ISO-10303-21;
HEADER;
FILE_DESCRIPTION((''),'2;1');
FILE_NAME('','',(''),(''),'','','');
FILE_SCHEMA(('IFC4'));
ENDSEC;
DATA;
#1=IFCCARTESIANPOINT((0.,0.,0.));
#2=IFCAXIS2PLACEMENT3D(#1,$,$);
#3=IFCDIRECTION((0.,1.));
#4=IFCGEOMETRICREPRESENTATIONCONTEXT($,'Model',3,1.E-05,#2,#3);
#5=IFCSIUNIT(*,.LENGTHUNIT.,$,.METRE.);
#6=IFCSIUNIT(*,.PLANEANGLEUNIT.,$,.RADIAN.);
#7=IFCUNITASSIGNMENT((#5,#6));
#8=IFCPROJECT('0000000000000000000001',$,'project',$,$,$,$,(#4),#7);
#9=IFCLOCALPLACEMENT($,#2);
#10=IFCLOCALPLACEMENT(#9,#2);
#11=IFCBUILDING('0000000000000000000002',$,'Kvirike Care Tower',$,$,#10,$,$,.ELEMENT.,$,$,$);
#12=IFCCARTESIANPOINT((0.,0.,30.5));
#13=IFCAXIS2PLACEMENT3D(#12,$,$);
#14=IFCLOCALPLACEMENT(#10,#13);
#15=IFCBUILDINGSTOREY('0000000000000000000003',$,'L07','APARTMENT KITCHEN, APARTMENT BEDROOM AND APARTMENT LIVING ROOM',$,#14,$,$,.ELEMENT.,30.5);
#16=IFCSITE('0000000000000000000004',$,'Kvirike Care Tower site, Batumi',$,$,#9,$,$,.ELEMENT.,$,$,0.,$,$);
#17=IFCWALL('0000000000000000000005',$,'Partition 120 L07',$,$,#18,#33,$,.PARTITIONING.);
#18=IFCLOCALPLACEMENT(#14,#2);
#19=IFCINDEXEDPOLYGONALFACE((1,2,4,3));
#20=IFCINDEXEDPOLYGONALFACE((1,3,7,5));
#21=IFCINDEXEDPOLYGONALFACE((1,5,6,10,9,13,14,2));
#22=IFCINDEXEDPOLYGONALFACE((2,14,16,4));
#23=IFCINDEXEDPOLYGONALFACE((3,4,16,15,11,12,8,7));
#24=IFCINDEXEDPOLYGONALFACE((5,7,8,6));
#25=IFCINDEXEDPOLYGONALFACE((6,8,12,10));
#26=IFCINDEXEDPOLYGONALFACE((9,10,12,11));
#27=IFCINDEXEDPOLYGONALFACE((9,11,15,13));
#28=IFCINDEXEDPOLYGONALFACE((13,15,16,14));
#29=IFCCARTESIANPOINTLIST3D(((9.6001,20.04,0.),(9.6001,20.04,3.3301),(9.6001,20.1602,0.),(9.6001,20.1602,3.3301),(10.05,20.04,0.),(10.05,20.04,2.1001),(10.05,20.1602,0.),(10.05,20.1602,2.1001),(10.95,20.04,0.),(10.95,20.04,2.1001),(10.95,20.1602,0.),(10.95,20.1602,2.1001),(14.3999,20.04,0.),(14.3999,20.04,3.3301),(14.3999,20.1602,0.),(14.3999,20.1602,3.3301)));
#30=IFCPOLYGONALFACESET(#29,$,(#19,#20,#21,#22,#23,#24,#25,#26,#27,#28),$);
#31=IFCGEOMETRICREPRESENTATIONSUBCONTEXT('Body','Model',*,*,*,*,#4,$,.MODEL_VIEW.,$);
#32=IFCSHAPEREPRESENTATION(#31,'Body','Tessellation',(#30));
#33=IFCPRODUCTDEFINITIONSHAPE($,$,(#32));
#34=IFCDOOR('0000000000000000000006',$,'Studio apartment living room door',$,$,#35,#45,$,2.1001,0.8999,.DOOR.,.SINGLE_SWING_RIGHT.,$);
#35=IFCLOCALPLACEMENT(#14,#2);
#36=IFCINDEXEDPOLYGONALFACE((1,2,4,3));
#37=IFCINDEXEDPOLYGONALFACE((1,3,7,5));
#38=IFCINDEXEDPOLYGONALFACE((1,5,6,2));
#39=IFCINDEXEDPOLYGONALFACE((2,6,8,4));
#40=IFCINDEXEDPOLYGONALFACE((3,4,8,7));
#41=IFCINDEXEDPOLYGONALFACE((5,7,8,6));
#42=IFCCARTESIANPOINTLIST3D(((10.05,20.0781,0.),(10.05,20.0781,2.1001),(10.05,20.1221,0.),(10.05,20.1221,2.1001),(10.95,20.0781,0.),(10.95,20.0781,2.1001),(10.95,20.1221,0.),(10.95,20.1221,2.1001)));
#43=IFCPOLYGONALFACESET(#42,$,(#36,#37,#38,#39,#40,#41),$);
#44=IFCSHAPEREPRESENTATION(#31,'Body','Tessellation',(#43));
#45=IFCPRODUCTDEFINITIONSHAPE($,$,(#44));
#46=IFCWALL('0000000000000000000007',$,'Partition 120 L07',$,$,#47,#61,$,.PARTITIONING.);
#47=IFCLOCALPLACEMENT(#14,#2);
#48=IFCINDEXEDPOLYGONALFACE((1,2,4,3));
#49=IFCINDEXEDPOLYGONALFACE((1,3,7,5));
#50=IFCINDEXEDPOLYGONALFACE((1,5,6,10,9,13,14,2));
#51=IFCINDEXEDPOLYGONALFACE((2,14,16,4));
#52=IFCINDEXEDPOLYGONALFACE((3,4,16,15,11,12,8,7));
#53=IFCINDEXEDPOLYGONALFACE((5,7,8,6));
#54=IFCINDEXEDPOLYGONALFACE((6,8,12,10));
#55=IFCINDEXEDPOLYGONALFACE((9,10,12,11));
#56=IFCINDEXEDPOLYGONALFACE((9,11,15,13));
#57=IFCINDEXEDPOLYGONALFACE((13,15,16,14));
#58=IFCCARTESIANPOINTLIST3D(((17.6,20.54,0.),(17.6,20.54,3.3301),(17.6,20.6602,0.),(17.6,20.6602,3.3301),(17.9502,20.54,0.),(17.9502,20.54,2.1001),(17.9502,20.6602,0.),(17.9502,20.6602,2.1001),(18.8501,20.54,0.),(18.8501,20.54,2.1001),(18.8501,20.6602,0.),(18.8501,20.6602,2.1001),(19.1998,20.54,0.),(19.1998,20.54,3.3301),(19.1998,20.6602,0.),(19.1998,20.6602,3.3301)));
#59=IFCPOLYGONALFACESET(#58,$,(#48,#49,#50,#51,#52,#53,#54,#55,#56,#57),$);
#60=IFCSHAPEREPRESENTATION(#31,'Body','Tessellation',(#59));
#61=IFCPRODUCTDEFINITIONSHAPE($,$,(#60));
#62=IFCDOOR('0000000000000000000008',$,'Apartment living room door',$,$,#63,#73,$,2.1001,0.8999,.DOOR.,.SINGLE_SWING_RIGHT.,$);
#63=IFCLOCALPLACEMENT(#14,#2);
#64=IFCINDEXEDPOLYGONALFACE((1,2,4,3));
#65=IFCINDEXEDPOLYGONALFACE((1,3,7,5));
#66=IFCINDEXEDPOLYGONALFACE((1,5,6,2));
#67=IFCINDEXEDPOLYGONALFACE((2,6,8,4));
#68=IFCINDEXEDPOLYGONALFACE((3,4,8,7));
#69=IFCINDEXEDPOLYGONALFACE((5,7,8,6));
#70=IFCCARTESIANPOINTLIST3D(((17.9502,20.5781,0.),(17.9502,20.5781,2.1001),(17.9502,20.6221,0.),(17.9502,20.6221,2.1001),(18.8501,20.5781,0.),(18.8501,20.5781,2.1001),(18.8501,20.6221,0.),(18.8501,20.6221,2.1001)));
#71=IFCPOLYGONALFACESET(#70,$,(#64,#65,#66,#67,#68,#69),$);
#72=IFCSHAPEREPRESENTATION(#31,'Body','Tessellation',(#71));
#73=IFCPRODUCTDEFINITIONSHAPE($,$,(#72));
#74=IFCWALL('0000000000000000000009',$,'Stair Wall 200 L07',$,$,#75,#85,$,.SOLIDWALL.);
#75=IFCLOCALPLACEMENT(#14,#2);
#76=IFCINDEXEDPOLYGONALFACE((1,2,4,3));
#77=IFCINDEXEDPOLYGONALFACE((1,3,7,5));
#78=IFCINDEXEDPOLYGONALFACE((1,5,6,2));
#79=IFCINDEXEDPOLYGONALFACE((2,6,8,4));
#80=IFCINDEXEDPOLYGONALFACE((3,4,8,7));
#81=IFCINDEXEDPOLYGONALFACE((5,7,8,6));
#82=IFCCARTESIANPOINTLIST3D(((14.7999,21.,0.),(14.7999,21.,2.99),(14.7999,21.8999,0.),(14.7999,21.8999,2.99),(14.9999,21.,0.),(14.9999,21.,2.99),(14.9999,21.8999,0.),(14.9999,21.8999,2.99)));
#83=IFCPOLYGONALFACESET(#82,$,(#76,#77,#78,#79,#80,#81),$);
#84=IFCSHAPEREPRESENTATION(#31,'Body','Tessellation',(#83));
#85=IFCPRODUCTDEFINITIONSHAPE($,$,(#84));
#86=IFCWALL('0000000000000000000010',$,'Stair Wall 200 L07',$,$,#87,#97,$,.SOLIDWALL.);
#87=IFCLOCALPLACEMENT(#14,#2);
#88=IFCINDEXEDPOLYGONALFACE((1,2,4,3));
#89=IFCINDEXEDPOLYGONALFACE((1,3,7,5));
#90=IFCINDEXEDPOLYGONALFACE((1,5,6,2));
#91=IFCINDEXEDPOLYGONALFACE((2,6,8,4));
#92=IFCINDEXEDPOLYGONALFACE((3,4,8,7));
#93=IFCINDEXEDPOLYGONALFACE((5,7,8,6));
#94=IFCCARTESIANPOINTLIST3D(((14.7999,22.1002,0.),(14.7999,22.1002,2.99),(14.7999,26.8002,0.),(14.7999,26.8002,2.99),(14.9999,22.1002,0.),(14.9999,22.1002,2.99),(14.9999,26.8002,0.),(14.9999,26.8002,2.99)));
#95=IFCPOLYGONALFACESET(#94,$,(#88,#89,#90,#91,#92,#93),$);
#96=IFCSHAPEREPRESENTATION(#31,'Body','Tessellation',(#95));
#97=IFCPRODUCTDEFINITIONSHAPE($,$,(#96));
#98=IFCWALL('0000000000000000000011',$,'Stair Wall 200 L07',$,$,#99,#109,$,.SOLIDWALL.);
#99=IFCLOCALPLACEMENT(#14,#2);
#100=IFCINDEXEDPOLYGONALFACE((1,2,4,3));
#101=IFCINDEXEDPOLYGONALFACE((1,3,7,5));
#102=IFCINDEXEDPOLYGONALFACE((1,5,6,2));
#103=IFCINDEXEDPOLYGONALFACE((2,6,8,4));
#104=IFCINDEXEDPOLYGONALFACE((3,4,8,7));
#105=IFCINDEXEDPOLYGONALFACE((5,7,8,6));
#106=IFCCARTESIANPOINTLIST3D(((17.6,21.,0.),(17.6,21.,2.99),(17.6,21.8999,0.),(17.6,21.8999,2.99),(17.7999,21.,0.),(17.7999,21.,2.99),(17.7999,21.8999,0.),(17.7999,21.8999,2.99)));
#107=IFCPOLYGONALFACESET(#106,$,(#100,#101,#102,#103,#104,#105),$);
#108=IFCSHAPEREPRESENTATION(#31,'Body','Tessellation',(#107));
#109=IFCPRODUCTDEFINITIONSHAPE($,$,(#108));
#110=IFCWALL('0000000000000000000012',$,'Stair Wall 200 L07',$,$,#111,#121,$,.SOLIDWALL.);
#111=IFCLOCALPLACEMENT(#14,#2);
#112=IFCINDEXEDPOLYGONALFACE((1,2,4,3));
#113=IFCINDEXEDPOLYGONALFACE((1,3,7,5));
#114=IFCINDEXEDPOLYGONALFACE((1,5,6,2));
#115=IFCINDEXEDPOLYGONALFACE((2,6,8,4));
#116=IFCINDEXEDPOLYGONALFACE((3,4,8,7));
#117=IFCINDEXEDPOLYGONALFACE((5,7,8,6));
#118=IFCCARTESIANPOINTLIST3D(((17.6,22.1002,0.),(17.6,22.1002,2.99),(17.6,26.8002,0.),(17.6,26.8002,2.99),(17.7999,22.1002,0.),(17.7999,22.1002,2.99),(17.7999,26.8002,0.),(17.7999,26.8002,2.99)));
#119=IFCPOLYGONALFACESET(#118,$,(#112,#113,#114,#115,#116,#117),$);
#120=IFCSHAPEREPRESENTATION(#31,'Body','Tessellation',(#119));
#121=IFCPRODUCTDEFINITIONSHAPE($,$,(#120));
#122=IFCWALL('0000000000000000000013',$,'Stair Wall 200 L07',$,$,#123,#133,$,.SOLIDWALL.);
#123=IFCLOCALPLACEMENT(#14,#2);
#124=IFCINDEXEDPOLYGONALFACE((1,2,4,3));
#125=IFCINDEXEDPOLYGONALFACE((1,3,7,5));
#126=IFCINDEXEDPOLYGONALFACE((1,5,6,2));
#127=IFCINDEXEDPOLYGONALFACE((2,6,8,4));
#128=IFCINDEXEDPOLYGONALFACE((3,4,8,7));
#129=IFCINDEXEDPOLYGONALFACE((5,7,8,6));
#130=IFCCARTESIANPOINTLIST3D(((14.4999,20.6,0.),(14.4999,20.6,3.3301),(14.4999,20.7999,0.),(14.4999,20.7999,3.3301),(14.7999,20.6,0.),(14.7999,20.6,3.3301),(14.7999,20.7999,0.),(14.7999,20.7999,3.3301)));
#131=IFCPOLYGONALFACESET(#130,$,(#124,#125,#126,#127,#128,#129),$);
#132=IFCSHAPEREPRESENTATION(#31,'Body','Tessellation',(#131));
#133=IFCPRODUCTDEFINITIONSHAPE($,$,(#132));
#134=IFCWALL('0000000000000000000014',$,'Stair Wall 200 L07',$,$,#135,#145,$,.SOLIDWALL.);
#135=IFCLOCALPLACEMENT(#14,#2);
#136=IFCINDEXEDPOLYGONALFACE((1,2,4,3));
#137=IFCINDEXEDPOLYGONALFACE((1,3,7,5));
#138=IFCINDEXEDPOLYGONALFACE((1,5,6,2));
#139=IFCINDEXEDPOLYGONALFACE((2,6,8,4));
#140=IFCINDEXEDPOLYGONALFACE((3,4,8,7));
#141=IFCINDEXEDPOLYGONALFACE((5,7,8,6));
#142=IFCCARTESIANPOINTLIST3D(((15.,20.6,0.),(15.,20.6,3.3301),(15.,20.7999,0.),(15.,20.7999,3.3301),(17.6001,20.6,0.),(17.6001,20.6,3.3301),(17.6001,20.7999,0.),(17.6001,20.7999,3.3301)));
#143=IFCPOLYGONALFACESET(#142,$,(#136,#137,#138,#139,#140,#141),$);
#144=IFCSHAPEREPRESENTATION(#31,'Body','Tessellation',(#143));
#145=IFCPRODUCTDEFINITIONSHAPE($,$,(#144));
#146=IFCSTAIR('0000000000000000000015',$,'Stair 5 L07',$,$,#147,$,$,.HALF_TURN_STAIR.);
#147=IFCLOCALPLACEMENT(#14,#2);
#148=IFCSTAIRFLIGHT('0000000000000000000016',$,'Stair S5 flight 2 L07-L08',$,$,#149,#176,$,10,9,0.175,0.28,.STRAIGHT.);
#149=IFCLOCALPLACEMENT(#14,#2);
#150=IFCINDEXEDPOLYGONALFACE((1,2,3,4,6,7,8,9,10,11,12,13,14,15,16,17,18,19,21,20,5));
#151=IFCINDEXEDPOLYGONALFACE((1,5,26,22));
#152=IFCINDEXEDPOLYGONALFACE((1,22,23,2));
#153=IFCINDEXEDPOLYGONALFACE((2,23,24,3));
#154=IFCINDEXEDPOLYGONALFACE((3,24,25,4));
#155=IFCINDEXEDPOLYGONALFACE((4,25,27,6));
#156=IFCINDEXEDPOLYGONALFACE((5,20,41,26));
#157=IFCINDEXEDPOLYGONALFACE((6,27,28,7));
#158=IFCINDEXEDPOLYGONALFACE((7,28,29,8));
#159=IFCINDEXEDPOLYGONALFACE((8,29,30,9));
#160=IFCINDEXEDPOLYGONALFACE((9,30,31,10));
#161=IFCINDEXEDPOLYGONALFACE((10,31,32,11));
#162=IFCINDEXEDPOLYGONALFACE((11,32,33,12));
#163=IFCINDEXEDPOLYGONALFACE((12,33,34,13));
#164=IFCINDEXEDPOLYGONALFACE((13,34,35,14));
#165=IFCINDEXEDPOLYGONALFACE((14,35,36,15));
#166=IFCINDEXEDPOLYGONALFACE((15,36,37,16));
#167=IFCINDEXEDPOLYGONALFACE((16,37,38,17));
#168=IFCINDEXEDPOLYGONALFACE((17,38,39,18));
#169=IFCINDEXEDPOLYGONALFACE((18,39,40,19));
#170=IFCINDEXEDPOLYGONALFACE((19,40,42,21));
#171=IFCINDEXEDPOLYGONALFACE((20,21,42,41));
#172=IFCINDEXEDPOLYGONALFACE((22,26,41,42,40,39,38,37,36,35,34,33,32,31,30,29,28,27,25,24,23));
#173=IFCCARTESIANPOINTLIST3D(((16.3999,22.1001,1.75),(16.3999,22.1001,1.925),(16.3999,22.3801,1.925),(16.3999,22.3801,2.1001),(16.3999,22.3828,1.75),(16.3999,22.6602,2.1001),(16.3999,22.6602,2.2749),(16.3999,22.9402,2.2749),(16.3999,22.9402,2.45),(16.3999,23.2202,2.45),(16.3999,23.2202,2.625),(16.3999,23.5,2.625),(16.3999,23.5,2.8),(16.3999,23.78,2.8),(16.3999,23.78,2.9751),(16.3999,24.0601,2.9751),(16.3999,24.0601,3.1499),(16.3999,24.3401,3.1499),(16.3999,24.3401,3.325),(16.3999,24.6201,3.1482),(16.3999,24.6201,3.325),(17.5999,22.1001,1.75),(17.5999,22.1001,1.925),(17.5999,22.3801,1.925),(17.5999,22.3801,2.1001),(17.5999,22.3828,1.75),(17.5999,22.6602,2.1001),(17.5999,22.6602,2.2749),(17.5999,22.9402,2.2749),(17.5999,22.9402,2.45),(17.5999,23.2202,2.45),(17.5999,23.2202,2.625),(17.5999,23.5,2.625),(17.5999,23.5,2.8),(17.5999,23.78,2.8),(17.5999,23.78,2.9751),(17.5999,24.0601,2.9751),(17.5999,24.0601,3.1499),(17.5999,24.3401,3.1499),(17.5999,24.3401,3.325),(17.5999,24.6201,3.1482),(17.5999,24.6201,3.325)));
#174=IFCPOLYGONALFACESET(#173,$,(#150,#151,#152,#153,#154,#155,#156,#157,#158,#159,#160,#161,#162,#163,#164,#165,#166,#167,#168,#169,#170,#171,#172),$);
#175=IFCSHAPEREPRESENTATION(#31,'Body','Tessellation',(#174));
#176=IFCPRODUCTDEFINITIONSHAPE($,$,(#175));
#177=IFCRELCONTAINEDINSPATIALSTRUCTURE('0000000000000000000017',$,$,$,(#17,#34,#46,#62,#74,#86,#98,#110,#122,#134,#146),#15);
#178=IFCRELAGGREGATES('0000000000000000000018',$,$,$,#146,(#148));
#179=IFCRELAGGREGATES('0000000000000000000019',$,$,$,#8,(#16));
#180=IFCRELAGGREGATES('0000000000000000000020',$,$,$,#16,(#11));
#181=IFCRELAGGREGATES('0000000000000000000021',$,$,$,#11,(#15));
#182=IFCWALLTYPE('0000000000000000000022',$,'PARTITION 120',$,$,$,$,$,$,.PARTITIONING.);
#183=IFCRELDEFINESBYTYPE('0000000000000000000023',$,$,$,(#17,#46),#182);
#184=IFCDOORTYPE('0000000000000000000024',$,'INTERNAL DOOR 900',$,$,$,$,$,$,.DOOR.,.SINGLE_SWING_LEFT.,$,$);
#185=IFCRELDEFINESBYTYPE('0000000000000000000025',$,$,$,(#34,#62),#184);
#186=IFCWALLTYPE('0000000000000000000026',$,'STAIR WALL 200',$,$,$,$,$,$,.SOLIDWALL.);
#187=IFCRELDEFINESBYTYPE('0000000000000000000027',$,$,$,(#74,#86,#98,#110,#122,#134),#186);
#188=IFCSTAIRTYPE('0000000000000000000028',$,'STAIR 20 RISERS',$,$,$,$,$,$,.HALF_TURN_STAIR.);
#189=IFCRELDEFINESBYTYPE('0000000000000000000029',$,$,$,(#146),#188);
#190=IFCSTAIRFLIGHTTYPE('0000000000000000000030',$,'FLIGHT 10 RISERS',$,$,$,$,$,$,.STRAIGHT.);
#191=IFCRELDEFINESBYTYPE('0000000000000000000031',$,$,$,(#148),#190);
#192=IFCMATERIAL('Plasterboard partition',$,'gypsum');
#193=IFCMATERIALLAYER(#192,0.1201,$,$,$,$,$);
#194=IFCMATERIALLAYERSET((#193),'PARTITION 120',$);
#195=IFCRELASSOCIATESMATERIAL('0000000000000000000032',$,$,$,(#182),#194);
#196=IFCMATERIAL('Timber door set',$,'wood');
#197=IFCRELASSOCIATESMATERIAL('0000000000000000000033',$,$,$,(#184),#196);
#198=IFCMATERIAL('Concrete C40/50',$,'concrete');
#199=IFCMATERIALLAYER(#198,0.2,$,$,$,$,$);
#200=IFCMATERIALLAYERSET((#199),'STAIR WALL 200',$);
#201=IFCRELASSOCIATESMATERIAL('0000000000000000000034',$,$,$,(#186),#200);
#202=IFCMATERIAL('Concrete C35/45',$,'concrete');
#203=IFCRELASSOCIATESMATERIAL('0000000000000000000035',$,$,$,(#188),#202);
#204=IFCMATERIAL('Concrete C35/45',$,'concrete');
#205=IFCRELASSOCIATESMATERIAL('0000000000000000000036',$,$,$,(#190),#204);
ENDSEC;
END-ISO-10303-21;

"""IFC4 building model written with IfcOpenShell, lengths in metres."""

from ifc_helpers import new_model, si_unit, direction, frame, frame_2d, origin, place, context, subcontext, project, spatial, polyline, rectangle, outline, extrude, material, layer, layer_set, type_object, element, fill, aggregate, save


model = new_model("IFC4")

# Units and contexts
model_context = context("Model", 3, precision=1e-05, world=origin(), true_north=direction((0.0, 1.0)))
body_context = subcontext(model_context, "Body", "Model", "MODEL_VIEW")
ifc_project = project(units=[si_unit("LENGTHUNIT", "METRE"), si_unit("PLANEANGLEUNIT", "RADIAN")], contexts=[model_context])

# Site, building, storey
site_placement = place(None, origin())
site = spatial("IfcSite", under=ifc_project, at=site_placement, Name="Kvirike Care Tower site, Batumi", CompositionType="ELEMENT", RefElevation=0.0)
building_placement = place(site_placement, origin())
building = spatial("IfcBuilding", under=site, at=building_placement, Name="Kvirike Care Tower", CompositionType="ELEMENT")
storey_placement = place(building_placement, frame((0.0, 0.0, 30.5)))
storey = spatial("IfcBuildingStorey", under=building, at=storey_placement, Name="L07", Description="APARTMENT KITCHEN, APARTMENT BEDROOM AND APARTMENT LIVING ROOM", CompositionType="ELEMENT", Elevation=30.5)

# Walls, openings, doors
ifc_material_1 = material(Name="Plasterboard partition", Category="gypsum")
ifc_layer_1 = layer(ifc_material_1, 0.1201)
ifc_layer_set_1 = layer_set([ifc_layer_1], Name="PARTITION 120")
wall_type_1 = type_object("IfcWallType", Name="PARTITION 120", PredefinedType="PARTITIONING", material=ifc_layer_set_1)
wall_1_placement = place(storey_placement, frame((9.6001, 20.1001, 0.0), z_axis=(0.0, 0.0, 1.0), x_axis=(1.0, 0.0, 0.0)))
wall_1 = element("IfcWall", 1, at=wall_1_placement, inside=storey, type_object=wall_type_1, Name="Partition 120 L07", PredefinedType="PARTITIONING", context=body_context, shape_type="SweptSolid", body=[
    extrude(rectangle(XDim=4.7998, YDim=0.1201, at=frame_2d((2.3999, 0.0))), origin(), (0.0, 0.0, 1.0), 3.3301),
])
opening_1_placement = place(wall_1_placement, frame((0.45, 0.0, 0.0)))
opening_1 = element("IfcOpeningElement", 2, at=opening_1_placement, cuts=wall_1, PredefinedType="OPENING", context=body_context, shape_type="SweptSolid", body=[
    extrude(rectangle(XDim=0.8999, YDim=2.1001, at=frame_2d((0.45, 1.05))), frame((0.0, 0.0706, 0.0), z_axis=(0.0, -1.0, 0.0), x_axis=(1.0, 0.0, 0.0)), (0.0, 0.0, 1.0), 0.1411),
])
ifc_material_2 = material(Name="Timber door set", Category="wood")
door_type_1 = type_object("IfcDoorType", Name="INTERNAL DOOR 900", OperationType="SINGLE_SWING_LEFT", PredefinedType="DOOR", material=ifc_material_2)
door_1_placement = place(opening_1_placement, origin())
door_1 = element("IfcDoor", 3, at=door_1_placement, inside=storey, type_object=door_type_1, Name="Studio apartment living room door", OperationType="SINGLE_SWING_RIGHT", OverallHeight=2.1001, OverallWidth=0.8999, PredefinedType="DOOR", context=body_context, shape_type="SweptSolid", body=[
    extrude(rectangle(XDim=0.8999, YDim=2.1001, at=frame_2d((0.45, 1.05))), frame((0.0, 0.022, 0.0), z_axis=(0.0, -1.0, 0.0), x_axis=(1.0, 0.0, 0.0)), (0.0, 0.0, 1.0), 0.0439),
])
fill(opening_1, door_1)
wall_2_placement = place(storey_placement, frame((17.6001, 20.6001, 0.0), z_axis=(0.0, 0.0, 1.0), x_axis=(1.0, 0.0, 0.0)))
wall_2 = element("IfcWall", 4, at=wall_2_placement, inside=storey, type_object=wall_type_1, Name="Partition 120 L07", PredefinedType="PARTITIONING", context=body_context, shape_type="SweptSolid", body=[
    extrude(rectangle(XDim=1.5999, YDim=0.1201, at=frame_2d((0.7998, 0.0))), origin(), (0.0, 0.0, 1.0), 3.3301),
])
opening_2_placement = place(wall_2_placement, frame((0.3501, 0.0, 0.0)))
opening_2 = element("IfcOpeningElement", 5, at=opening_2_placement, cuts=wall_2, PredefinedType="OPENING", context=body_context, shape_type="SweptSolid", body=[
    extrude(rectangle(XDim=0.8999, YDim=2.1001, at=frame_2d((0.45, 1.05))), frame((0.0, 0.0706, 0.0), z_axis=(0.0, -1.0, 0.0), x_axis=(1.0, 0.0, 0.0)), (0.0, 0.0, 1.0), 0.1411),
])
door_2_placement = place(opening_2_placement, origin())
door_2 = element("IfcDoor", 6, at=door_2_placement, inside=storey, type_object=door_type_1, Name="Apartment living room door", OperationType="SINGLE_SWING_RIGHT", OverallHeight=2.1001, OverallWidth=0.8999, PredefinedType="DOOR", context=body_context, shape_type="SweptSolid", body=[
    extrude(rectangle(XDim=0.8999, YDim=2.1001, at=frame_2d((0.45, 1.05))), frame((0.0, 0.022, 0.0), z_axis=(0.0, -1.0, 0.0), x_axis=(1.0, 0.0, 0.0)), (0.0, 0.0, 1.0), 0.0439),
])
fill(opening_2, door_2)

# Walls
ifc_material_3 = material(Name="Concrete C40/50", Category="concrete")
ifc_layer_2 = layer(ifc_material_3, 0.2)
ifc_layer_set_2 = layer_set([ifc_layer_2], Name="STAIR WALL 200")
wall_type_2 = type_object("IfcWallType", Name="STAIR WALL 200", PredefinedType="SOLIDWALL", material=ifc_layer_set_2)
wall_3_placement = place(storey_placement, frame((14.8999, 21.0, 0.0), z_axis=(0.0, 0.0, 1.0), x_axis=(0.0, 1.0, 0.0)))
element("IfcWall", 7, at=wall_3_placement, inside=storey, type_object=wall_type_2, Name="Stair Wall 200 L07", PredefinedType="SOLIDWALL", context=body_context, shape_type="SweptSolid", body=[
    extrude(rectangle(XDim=0.8999, YDim=0.2, at=frame_2d((0.45, 0.0))), origin(), (0.0, 0.0, 1.0), 2.99),
])
wall_4_placement = place(storey_placement, frame((14.8999, 22.1001, 0.0), z_axis=(0.0, 0.0, 1.0), x_axis=(0.0, 1.0, 0.0)))
element("IfcWall", 8, at=wall_4_placement, inside=storey, type_object=wall_type_2, Name="Stair Wall 200 L07", PredefinedType="SOLIDWALL", context=body_context, shape_type="SweptSolid", body=[
    extrude(rectangle(XDim=4.7, YDim=0.2, at=frame_2d((2.3501, 0.0))), origin(), (0.0, 0.0, 1.0), 2.99),
])
wall_5_placement = place(storey_placement, frame((17.7, 21.0, 0.0), z_axis=(0.0, 0.0, 1.0), x_axis=(0.0, 1.0, 0.0)))
element("IfcWall", 9, at=wall_5_placement, inside=storey, type_object=wall_type_2, Name="Stair Wall 200 L07", PredefinedType="SOLIDWALL", context=body_context, shape_type="SweptSolid", body=[
    extrude(rectangle(XDim=0.8999, YDim=0.2, at=frame_2d((0.45, 0.0))), origin(), (0.0, 0.0, 1.0), 2.99),
])
wall_6_placement = place(storey_placement, frame((17.7, 22.1001, 0.0), z_axis=(0.0, 0.0, 1.0), x_axis=(0.0, 1.0, 0.0)))
element("IfcWall", 10, at=wall_6_placement, inside=storey, type_object=wall_type_2, Name="Stair Wall 200 L07", PredefinedType="SOLIDWALL", context=body_context, shape_type="SweptSolid", body=[
    extrude(rectangle(XDim=4.7, YDim=0.2, at=frame_2d((2.3501, 0.0))), origin(), (0.0, 0.0, 1.0), 2.99),
])
wall_7_placement = place(storey_placement, frame((14.5, 20.7, 0.0), z_axis=(0.0, 0.0, 1.0), x_axis=(1.0, 0.0, 0.0)))
element("IfcWall", 11, at=wall_7_placement, inside=storey, type_object=wall_type_2, Name="Stair Wall 200 L07", PredefinedType="SOLIDWALL", context=body_context, shape_type="SweptSolid", body=[
    extrude(rectangle(XDim=0.3, YDim=0.2, at=frame_2d((0.1499, 0.0))), origin(), (0.0, 0.0, 1.0), 3.3301),
])
wall_8_placement = place(storey_placement, frame((15.0, 20.7, 0.0), z_axis=(0.0, 0.0, 1.0), x_axis=(1.0, 0.0, 0.0)))
element("IfcWall", 12, at=wall_8_placement, inside=storey, type_object=wall_type_2, Name="Stair Wall 200 L07", PredefinedType="SOLIDWALL", context=body_context, shape_type="SweptSolid", body=[
    extrude(rectangle(XDim=2.6001, YDim=0.2, at=frame_2d((1.3, 0.0))), origin(), (0.0, 0.0, 1.0), 3.3301),
])

# Stair, stair flight
ifc_material_4 = material(Name="Concrete C35/45", Category="concrete")
stair_type = type_object("IfcStairType", Name="STAIR 20 RISERS", PredefinedType="HALF_TURN_STAIR", material=ifc_material_4)
stair_placement = place(storey_placement, origin())
stair = element("IfcStair", 13, at=stair_placement, inside=storey, type_object=stair_type, Name="Stair 5 L07", PredefinedType="HALF_TURN_STAIR")
ifc_material_5 = material(Name="Concrete C35/45", Category="concrete")
stair_flight_type = type_object("IfcStairFlightType", Name="FLIGHT 10 RISERS", PredefinedType="STRAIGHT", material=ifc_material_5)
stair_flight_placement = place(storey_placement, frame((17.0, 22.1001, 1.75), z_axis=(0.0, 0.0, 1.0), x_axis=(0.0, 1.0, 0.0)))
stair_flight = element("IfcStairFlight", 14, at=stair_flight_placement, type_object=stair_flight_type, Name="Stair S5 flight 2 L07-L08", NumberOfRisers=10, NumberOfTreads=9, PredefinedType="STRAIGHT", RiserHeight=0.175, TreadLength=0.28, context=body_context, shape_type="SweptSolid", body=[
    extrude(outline(polyline([(0.0, 0.0), (0.0, 0.175), (0.28, 0.175), (0.28, 0.3501), (0.5601, 0.3501), (0.5601, 0.5249), (0.8401, 0.5249), (0.8401, 0.7), (1.1201, 0.7), (1.1201, 0.875), (1.3999, 0.875), (1.3999, 1.05), (1.6799, 1.05), (1.6799, 1.2251), (1.96, 1.2251), (1.96, 1.3999), (2.24, 1.3999), (2.24, 1.575), (2.52, 1.575), (2.52, 1.75), (2.52, 1.3982), (0.2827, 0.0), (0.0, 0.0)])), frame((0.0, 0.6001, 0.0), z_axis=(0.0, -1.0, 0.0), x_axis=(1.0, 0.0, 0.0)), (0.0, 0.0, 1.0), 1.2),
])
aggregate(stair, [stair_flight])

save(model, "model.ifc")
